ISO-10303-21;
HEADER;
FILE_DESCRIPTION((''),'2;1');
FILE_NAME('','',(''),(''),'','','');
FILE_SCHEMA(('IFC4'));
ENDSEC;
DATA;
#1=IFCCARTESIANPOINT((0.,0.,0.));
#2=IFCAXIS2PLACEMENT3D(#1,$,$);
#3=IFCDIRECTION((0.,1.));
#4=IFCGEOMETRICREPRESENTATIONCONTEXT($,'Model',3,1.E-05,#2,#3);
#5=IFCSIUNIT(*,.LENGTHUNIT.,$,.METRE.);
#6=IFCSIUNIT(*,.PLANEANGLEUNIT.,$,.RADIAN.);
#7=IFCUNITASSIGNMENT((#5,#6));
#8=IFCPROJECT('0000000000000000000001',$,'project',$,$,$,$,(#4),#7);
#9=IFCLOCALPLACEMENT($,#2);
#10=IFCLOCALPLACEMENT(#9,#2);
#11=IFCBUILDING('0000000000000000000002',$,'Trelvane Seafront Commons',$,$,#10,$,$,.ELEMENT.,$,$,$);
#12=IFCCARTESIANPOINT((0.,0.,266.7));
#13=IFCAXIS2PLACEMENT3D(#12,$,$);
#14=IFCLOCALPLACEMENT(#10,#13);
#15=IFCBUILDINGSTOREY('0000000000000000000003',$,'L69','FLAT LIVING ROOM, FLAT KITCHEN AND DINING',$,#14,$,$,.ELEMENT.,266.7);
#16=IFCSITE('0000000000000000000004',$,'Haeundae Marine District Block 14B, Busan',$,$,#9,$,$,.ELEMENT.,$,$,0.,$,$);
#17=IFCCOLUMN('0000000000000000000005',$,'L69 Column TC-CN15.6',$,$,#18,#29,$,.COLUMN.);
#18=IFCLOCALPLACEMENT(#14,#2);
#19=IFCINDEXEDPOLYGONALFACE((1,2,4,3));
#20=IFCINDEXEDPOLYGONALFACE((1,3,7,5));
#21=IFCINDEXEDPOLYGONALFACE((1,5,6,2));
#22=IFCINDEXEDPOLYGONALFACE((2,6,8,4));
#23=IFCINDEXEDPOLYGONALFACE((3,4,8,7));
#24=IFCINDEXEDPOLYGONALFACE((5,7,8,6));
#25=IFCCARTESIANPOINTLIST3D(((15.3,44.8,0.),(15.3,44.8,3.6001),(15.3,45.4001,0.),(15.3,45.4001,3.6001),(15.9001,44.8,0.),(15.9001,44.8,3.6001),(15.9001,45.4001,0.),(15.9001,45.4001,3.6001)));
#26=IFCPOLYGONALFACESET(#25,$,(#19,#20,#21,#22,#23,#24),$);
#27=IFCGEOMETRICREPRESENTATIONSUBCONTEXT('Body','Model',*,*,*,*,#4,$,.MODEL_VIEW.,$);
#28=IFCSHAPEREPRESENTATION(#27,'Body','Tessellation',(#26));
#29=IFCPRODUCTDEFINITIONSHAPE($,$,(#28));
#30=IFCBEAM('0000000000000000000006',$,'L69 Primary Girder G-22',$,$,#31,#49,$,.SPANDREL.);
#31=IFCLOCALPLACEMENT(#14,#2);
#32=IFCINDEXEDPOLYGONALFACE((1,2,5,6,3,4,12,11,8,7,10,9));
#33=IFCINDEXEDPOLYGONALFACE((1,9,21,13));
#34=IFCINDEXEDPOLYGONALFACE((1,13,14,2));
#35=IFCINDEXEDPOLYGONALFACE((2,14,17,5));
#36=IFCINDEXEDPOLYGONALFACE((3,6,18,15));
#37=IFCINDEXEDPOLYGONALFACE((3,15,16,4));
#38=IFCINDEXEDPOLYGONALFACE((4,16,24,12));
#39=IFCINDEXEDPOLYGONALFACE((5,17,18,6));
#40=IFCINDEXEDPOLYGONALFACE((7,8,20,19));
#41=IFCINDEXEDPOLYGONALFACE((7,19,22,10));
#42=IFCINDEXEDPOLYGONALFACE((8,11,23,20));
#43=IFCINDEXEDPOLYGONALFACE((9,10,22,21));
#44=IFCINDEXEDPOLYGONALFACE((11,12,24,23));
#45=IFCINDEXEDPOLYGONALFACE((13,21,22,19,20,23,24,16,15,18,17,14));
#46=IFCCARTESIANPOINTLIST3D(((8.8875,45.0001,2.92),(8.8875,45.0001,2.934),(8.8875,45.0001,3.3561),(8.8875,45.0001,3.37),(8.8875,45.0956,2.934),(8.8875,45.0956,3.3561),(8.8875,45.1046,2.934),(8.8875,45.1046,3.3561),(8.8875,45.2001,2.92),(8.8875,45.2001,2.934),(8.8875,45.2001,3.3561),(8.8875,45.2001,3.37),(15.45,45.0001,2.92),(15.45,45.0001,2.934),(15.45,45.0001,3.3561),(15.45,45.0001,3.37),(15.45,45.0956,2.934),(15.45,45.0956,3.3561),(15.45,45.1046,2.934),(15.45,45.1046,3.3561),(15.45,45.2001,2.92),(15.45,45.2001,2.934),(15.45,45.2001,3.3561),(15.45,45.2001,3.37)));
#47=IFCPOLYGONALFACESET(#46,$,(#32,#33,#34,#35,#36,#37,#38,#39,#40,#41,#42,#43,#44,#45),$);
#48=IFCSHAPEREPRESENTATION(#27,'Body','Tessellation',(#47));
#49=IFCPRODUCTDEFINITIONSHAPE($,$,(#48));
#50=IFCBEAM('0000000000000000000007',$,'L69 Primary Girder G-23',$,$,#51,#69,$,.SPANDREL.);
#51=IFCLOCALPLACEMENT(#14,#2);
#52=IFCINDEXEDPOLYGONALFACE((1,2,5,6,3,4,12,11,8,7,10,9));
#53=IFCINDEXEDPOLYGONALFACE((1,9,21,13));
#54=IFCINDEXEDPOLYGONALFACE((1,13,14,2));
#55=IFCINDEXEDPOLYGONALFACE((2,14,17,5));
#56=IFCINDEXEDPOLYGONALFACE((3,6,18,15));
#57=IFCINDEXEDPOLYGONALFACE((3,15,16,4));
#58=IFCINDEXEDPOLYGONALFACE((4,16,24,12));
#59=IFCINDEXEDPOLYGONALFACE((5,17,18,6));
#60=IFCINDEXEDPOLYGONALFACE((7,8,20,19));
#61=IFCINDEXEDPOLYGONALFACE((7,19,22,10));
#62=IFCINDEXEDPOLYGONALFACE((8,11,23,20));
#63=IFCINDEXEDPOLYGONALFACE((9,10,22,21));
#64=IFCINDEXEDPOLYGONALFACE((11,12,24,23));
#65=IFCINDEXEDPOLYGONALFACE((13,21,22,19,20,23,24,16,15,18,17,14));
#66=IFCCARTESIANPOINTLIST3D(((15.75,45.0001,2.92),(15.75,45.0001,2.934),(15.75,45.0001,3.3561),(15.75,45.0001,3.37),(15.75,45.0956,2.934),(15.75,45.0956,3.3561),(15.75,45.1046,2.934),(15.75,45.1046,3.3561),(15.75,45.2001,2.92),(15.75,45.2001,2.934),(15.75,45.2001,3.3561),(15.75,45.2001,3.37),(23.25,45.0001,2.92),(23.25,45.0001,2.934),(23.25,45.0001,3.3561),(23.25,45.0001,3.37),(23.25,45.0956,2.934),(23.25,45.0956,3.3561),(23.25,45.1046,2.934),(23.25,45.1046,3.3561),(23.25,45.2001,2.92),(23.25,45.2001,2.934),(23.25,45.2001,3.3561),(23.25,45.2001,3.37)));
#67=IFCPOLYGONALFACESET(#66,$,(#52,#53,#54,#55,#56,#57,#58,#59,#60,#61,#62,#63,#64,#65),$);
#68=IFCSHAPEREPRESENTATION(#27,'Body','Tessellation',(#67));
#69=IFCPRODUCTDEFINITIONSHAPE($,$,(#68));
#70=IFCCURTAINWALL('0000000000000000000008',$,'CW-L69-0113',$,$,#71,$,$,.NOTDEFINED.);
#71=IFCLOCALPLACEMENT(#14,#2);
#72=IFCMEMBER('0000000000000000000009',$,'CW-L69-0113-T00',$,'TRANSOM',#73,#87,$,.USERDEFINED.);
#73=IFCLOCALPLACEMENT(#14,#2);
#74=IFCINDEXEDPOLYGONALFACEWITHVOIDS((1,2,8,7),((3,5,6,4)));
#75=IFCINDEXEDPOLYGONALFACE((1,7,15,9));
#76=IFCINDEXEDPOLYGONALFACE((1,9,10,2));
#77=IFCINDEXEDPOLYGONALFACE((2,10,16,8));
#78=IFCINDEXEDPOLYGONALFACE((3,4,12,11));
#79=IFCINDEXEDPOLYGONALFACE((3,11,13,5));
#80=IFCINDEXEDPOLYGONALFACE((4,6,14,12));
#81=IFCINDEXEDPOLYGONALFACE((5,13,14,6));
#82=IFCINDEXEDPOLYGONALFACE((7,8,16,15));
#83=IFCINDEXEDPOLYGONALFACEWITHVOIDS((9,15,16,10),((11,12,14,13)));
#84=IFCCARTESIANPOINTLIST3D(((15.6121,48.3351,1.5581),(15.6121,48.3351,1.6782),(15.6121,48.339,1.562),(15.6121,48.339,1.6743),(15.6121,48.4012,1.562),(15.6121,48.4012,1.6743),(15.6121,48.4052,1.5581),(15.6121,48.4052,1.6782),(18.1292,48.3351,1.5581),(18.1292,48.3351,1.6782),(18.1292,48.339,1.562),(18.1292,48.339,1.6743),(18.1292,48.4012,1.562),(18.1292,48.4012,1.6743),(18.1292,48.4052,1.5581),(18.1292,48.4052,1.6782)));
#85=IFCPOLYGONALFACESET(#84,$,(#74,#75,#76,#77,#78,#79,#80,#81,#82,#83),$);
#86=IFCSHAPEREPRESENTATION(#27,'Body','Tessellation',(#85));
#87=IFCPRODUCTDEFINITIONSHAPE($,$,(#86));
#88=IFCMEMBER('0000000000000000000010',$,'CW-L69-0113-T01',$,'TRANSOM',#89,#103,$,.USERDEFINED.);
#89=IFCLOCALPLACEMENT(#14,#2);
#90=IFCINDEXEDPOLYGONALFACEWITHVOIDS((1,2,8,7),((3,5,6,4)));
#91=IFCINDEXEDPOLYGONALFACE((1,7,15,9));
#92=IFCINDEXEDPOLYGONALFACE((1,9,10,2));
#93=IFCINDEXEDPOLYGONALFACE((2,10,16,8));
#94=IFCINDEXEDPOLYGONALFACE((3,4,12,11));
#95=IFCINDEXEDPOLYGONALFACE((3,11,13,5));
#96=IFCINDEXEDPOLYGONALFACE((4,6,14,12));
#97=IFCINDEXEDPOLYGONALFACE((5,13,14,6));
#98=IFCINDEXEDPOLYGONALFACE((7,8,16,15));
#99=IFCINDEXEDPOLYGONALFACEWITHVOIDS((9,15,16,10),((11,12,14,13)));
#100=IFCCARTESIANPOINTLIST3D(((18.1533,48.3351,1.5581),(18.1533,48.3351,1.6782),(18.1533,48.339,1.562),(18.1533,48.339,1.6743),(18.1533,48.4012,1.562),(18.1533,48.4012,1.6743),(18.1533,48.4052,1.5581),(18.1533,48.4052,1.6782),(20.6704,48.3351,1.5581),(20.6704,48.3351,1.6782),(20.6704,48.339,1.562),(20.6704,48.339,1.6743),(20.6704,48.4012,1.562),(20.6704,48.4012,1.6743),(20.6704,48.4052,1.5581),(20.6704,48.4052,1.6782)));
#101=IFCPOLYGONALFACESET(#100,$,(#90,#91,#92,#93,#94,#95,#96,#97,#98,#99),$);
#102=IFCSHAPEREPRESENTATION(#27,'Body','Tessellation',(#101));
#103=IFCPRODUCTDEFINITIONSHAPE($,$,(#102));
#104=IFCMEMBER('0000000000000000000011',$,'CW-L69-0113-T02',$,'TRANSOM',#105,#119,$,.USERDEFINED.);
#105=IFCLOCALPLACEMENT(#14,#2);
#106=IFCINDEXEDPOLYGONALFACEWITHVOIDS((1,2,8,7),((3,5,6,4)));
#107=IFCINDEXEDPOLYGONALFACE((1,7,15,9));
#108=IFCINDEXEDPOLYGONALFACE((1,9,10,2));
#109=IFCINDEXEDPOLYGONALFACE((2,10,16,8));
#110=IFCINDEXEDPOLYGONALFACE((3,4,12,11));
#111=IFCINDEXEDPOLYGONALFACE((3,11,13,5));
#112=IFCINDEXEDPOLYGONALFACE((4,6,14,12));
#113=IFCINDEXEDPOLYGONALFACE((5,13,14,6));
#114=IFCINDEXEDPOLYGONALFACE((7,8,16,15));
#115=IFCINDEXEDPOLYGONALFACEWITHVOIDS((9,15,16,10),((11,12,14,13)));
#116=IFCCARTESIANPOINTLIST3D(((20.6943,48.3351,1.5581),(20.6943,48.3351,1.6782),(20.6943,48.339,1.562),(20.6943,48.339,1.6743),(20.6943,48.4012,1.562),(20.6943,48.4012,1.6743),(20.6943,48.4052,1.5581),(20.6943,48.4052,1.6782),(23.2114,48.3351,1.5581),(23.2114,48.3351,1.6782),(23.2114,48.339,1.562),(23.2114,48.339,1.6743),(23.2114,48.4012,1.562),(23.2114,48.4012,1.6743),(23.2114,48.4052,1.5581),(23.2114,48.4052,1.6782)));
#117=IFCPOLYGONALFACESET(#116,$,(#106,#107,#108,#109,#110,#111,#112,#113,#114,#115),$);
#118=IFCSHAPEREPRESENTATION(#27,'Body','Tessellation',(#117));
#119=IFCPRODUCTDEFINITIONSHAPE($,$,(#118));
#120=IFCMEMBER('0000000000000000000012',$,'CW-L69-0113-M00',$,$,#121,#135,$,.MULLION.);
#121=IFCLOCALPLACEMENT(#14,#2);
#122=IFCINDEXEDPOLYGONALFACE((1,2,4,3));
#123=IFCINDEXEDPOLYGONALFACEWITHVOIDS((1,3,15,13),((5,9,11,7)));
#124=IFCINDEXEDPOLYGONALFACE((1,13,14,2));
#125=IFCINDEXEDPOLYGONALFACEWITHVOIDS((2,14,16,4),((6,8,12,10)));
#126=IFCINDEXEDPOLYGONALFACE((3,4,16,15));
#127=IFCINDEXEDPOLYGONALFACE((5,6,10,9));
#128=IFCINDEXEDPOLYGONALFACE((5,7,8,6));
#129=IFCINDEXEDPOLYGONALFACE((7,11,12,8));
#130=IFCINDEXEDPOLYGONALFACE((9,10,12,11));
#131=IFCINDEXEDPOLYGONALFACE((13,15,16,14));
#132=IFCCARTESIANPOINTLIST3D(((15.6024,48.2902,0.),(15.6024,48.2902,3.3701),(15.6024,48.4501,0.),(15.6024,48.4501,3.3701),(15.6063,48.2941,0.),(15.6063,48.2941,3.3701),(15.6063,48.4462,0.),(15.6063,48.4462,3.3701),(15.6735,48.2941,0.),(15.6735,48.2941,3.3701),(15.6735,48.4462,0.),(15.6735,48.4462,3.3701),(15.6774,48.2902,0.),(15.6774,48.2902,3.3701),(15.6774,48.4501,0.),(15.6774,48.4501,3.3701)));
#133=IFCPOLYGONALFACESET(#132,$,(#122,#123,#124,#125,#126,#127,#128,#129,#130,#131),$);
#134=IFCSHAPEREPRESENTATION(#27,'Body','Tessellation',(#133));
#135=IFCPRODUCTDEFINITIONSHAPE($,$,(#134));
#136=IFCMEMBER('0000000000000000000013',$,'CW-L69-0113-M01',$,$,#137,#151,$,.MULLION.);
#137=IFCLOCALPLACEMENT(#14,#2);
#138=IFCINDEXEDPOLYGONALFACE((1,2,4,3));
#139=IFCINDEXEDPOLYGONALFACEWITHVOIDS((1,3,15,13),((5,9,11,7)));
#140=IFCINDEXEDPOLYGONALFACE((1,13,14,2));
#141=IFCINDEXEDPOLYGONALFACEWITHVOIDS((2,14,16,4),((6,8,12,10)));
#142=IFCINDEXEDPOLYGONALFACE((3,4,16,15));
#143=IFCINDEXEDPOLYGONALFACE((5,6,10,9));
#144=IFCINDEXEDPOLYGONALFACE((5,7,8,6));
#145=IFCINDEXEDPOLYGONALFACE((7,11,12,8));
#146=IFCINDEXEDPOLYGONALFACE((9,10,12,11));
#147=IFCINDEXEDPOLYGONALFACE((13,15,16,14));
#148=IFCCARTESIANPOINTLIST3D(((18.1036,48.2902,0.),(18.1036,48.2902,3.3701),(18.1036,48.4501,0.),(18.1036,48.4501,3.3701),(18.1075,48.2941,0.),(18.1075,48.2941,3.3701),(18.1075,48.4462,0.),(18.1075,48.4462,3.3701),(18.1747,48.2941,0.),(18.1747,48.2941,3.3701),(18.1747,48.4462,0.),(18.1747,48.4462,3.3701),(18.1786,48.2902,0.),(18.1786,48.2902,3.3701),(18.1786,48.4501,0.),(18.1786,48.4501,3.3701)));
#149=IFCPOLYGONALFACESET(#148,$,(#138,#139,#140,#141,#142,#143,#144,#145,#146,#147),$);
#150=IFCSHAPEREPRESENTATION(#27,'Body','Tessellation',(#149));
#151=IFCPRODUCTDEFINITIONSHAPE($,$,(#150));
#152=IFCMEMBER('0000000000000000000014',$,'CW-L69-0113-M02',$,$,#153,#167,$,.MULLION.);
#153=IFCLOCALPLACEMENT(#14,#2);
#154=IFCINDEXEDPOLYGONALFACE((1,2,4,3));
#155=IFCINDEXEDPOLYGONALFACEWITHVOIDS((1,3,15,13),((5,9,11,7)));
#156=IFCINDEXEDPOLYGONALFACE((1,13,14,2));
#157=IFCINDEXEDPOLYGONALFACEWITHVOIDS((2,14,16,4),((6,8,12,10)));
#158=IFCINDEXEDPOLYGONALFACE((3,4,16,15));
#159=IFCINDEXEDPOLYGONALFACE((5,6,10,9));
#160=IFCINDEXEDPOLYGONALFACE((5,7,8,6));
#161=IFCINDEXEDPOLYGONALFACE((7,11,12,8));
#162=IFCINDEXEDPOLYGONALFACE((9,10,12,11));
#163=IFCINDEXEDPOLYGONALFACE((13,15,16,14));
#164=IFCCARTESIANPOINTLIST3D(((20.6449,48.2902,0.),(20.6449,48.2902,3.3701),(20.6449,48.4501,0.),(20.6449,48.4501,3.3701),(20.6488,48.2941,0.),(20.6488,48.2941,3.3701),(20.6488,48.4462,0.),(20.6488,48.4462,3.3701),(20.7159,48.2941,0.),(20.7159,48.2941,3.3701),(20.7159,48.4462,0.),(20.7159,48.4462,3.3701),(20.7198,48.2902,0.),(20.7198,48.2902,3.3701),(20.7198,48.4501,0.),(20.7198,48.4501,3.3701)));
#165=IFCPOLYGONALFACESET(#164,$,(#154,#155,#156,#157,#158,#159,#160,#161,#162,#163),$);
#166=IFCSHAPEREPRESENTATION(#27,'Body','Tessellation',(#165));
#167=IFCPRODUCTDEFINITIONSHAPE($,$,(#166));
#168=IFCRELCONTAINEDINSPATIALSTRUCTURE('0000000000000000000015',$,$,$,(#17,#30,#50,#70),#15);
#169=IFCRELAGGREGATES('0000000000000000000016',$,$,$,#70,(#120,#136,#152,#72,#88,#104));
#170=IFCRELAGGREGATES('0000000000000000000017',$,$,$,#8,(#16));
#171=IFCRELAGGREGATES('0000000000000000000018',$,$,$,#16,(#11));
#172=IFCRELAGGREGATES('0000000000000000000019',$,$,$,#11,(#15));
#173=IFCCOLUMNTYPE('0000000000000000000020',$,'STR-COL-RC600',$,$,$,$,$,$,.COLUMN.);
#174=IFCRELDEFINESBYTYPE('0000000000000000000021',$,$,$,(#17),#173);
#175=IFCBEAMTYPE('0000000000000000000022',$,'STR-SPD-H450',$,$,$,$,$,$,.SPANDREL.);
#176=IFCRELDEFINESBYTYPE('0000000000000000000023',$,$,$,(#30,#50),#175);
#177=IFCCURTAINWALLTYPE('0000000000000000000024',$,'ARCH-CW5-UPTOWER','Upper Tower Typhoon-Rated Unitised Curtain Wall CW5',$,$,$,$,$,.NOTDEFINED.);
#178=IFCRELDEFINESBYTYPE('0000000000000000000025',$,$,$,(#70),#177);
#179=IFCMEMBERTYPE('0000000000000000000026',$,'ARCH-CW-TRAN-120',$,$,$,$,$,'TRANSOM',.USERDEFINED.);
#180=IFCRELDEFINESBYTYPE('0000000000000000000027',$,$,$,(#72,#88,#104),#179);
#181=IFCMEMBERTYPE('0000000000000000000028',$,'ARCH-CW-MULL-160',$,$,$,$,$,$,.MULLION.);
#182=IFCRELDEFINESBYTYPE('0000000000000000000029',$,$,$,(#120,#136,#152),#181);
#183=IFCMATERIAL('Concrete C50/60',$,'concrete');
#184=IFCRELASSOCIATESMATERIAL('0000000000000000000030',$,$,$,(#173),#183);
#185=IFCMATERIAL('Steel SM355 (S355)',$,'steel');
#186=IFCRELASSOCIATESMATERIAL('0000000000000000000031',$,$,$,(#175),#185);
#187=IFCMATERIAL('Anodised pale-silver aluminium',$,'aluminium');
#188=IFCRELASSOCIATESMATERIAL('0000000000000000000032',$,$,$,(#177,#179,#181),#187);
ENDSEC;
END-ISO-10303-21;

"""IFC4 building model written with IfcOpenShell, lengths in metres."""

from ifc_helpers import new_model, si_unit, direction, frame, origin, origin_2d, place, context, subcontext, project, spatial, rectangle, hollow_rectangle, i_section, extrude, source, transform, mapped, material, material_profile, profile_set, type_object, element, aggregate, save


model = new_model("IFC4")

# Units and contexts
model_context = context("Model", 3, precision=1e-05, world=origin(), true_north=direction((0.0, 1.0)))
body_context = subcontext(model_context, "Body", "Model", "MODEL_VIEW")
ifc_project = project(units=[si_unit("LENGTHUNIT", "METRE"), si_unit("PLANEANGLEUNIT", "RADIAN")], contexts=[model_context])

# Site, building, storey
site_placement = place(None, origin())
site = spatial("IfcSite", under=ifc_project, at=site_placement, Name="Haeundae Marine District Block 14B, Busan", CompositionType="ELEMENT", RefElevation=0.0)
building_placement = place(site_placement, origin())
building = spatial("IfcBuilding", under=site, at=building_placement, Name="Trelvane Seafront Commons", CompositionType="ELEMENT")
storey_placement = place(building_placement, frame((0.0, 0.0, 266.7)))
storey = spatial("IfcBuildingStorey", under=building, at=storey_placement, Name="L69", Description="FLAT LIVING ROOM, FLAT KITCHEN AND DINING", CompositionType="ELEMENT", Elevation=266.7)

# Column
ifc_material_1 = material(Name="Concrete C50/60", Category="concrete")
ifc_material_profile_1 = material_profile(ifc_material_1, rectangle(XDim=0.6001, YDim=0.6001, at=origin_2d()), Name="RC-600x600")
ifc_profile_set_1 = profile_set([ifc_material_profile_1], Name="Concrete C50/60")
column_type = type_object("IfcColumnType", Name="STR-COL-RC600", PredefinedType="COLUMN", material=ifc_profile_set_1)
shared_shape_1 = source(origin(), body_context, "Body", "SweptSolid", [
    extrude(rectangle(XDim=0.6001, YDim=0.6001, at=origin_2d()), origin(), (0.0, 0.0, 1.0), 3.6001),
])
column_placement = place(storey_placement, frame((15.6001, 45.1001, 0.0), z_axis=(0.0, 0.0, 1.0), x_axis=(1.0, 0.0, 0.0)))
element("IfcColumn", 1, at=column_placement, inside=storey, type_object=column_type, Name="L69 Column TC-CN15.6", PredefinedType="COLUMN", context=body_context, shape_type="MappedRepresentation", body=[
    mapped(shared_shape_1, transform((0.0, 0.0, 0.0), x_axis=(1.0, 0.0, 0.0), y_axis=(0.0, 1.0, 0.0), z_axis=(0.0, 0.0, 1.0), scale=1.0)),
])

# Beams
ifc_material_2 = material(Name="Steel SM355 (S355)", Category="steel")
ifc_material_profile_2 = material_profile(ifc_material_2, i_section(OverallWidth=0.2, OverallDepth=0.45, WebThickness=0.009, FlangeThickness=0.0139, at=origin_2d()), Name="H-450x200x9x14")
ifc_profile_set_2 = profile_set([ifc_material_profile_2], Name="Steel SM355 (S355)")
beam_type = type_object("IfcBeamType", Name="STR-SPD-H450", PredefinedType="SPANDREL", material=ifc_profile_set_2)
shared_shape_2 = source(origin(), body_context, "Body", "SweptSolid", [
    extrude(i_section(OverallWidth=0.2, OverallDepth=0.45, WebThickness=0.009, FlangeThickness=0.0139, at=origin_2d()), origin(), (0.0, 0.0, 1.0), 6.5625),
])
beam_1_placement = place(storey_placement, frame((8.8875, 45.1001, 3.145), z_axis=(1.0, 0.0, 0.0), x_axis=(0.0, 1.0, 0.0)))
element("IfcBeam", 2, at=beam_1_placement, inside=storey, type_object=beam_type, Name="L69 Primary Girder G-22", PredefinedType="SPANDREL", context=body_context, shape_type="MappedRepresentation", body=[
    mapped(shared_shape_2, transform((0.0, 0.0, 0.0), x_axis=(1.0, 0.0, 0.0), y_axis=(0.0, 1.0, 0.0), z_axis=(0.0, 0.0, 1.0), scale=1.0)),
])
shared_shape_3 = source(origin(), body_context, "Body", "SweptSolid", [
    extrude(i_section(OverallWidth=0.2, OverallDepth=0.45, WebThickness=0.009, FlangeThickness=0.0139, at=origin_2d()), origin(), (0.0, 0.0, 1.0), 7.5),
])
beam_2_placement = place(storey_placement, frame((15.75, 45.1001, 3.145), z_axis=(1.0, 0.0, 0.0), x_axis=(0.0, 1.0, 0.0)))
element("IfcBeam", 3, at=beam_2_placement, inside=storey, type_object=beam_type, Name="L69 Primary Girder G-23", PredefinedType="SPANDREL", context=body_context, shape_type="MappedRepresentation", body=[
    mapped(shared_shape_3, transform((0.0, 0.0, 0.0), x_axis=(1.0, 0.0, 0.0), y_axis=(0.0, 1.0, 0.0), z_axis=(0.0, 0.0, 1.0), scale=1.0)),
])

# Curtain wall, members
ifc_material_3 = material(Name="Anodised pale-silver aluminium", Category="aluminium")
curtain_wall_type = type_object("IfcCurtainWallType", Name="ARCH-CW5-UPTOWER", Description="Upper Tower Typhoon-Rated Unitised Curtain Wall CW5", PredefinedType="NOTDEFINED", material=ifc_material_3)
curtain_wall_placement = place(storey_placement, origin())
curtain_wall = element("IfcCurtainWall", 4, at=curtain_wall_placement, inside=storey, type_object=curtain_wall_type, Name="CW-L69-0113", PredefinedType="NOTDEFINED")
ifc_material_profile_3 = material_profile(ifc_material_3, hollow_rectangle(XDim=0.0701, YDim=0.1201, WallThickness=0.0039, at=origin_2d()), Name="TRAN-70x120x4")
ifc_profile_set_3 = profile_set([ifc_material_profile_3], Name="Anodised pale-silver aluminium")
member_type_1 = type_object("IfcMemberType", Name="ARCH-CW-TRAN-120", ElementType="TRANSOM", PredefinedType="USERDEFINED", material=ifc_profile_set_3)
shared_shape_4 = source(origin(), body_context, "Body", "SweptSolid", [
    extrude(hollow_rectangle(XDim=0.0701, YDim=0.1201, WallThickness=0.0039, at=origin_2d()), origin(), (0.0, 0.0, 1.0), 2.5171),
])
member_1_placement = place(storey_placement, frame((15.6121, 48.3701, 1.6182), z_axis=(1.0, 0.0, 0.0), x_axis=(0.0, 1.0, 0.0)))
member_1 = element("IfcMember", 5, at=member_1_placement, type_object=member_type_1, Name="CW-L69-0113-T00", ObjectType="TRANSOM", PredefinedType="USERDEFINED", context=body_context, shape_type="MappedRepresentation", body=[
    mapped(shared_shape_4, transform((0.0, 0.0, 0.0), x_axis=(1.0, 0.0, 0.0), y_axis=(0.0, 1.0, 0.0), z_axis=(0.0, 0.0, 1.0), scale=1.0)),
])
member_2_placement = place(storey_placement, frame((18.1533, 48.3701, 1.6182), z_axis=(1.0, 0.0, 0.0), x_axis=(0.0, 1.0, 0.0)))
member_2 = element("IfcMember", 6, at=member_2_placement, type_object=member_type_1, Name="CW-L69-0113-T01", ObjectType="TRANSOM", PredefinedType="USERDEFINED", context=body_context, shape_type="MappedRepresentation", body=[
    mapped(shared_shape_4, transform((0.0, 0.0, 0.0), x_axis=(1.0, 0.0, 0.0), y_axis=(0.0, 1.0, 0.0), z_axis=(0.0, 0.0, 1.0), scale=1.0)),
])
member_3_placement = place(storey_placement, frame((20.6943, 48.3701, 1.6182), z_axis=(1.0, 0.0, 0.0), x_axis=(0.0, 1.0, 0.0)))
member_3 = element("IfcMember", 7, at=member_3_placement, type_object=member_type_1, Name="CW-L69-0113-T02", ObjectType="TRANSOM", PredefinedType="USERDEFINED", context=body_context, shape_type="MappedRepresentation", body=[
    mapped(shared_shape_4, transform((0.0, 0.0, 0.0), x_axis=(1.0, 0.0, 0.0), y_axis=(0.0, 1.0, 0.0), z_axis=(0.0, 0.0, 1.0), scale=1.0)),
])
ifc_material_profile_4 = material_profile(ifc_material_3, hollow_rectangle(XDim=0.075, YDim=0.1599, WallThickness=0.0039, at=origin_2d()), Name="MULL-75x160x4")
ifc_profile_set_4 = profile_set([ifc_material_profile_4], Name="Anodised pale-silver aluminium")
member_type_2 = type_object("IfcMemberType", Name="ARCH-CW-MULL-160", PredefinedType="MULLION", material=ifc_profile_set_4)
shared_shape_5 = source(origin(), body_context, "Body", "SweptSolid", [
    extrude(hollow_rectangle(XDim=0.075, YDim=0.1599, WallThickness=0.0039, at=origin_2d()), origin(), (0.0, 0.0, 1.0), 3.3701),
])
member_4_placement = place(storey_placement, frame((15.6399, 48.3701, 0.0), z_axis=(0.0, 0.0, 1.0), x_axis=(1.0, 0.0, 0.0)))
member_4 = element("IfcMember", 8, at=member_4_placement, type_object=member_type_2, Name="CW-L69-0113-M00", PredefinedType="MULLION", context=body_context, shape_type="MappedRepresentation", body=[
    mapped(shared_shape_5, transform((0.0, 0.0, 0.0), x_axis=(1.0, 0.0, 0.0), y_axis=(0.0, 1.0, 0.0), z_axis=(0.0, 0.0, 1.0), scale=1.0)),
])
member_5_placement = place(storey_placement, frame((18.1411, 48.3701, 0.0), z_axis=(0.0, 0.0, 1.0), x_axis=(1.0, 0.0, 0.0)))
member_5 = element("IfcMember", 9, at=member_5_placement, type_object=member_type_2, Name="CW-L69-0113-M01", PredefinedType="MULLION", context=body_context, shape_type="MappedRepresentation", body=[
    mapped(shared_shape_5, transform((0.0, 0.0, 0.0), x_axis=(1.0, 0.0, 0.0), y_axis=(0.0, 1.0, 0.0), z_axis=(0.0, 0.0, 1.0), scale=1.0)),
])
member_6_placement = place(storey_placement, frame((20.6824, 48.3701, 0.0), z_axis=(0.0, 0.0, 1.0), x_axis=(1.0, 0.0, 0.0)))
member_6 = element("IfcMember", 10, at=member_6_placement, type_object=member_type_2, Name="CW-L69-0113-M02", PredefinedType="MULLION", context=body_context, shape_type="MappedRepresentation", body=[
    mapped(shared_shape_5, transform((0.0, 0.0, 0.0), x_axis=(1.0, 0.0, 0.0), y_axis=(0.0, 1.0, 0.0), z_axis=(0.0, 0.0, 1.0), scale=1.0)),
])

aggregate(curtain_wall, [member_4, member_5, member_6, member_1, member_2, member_3])

save(model, "model.ifc")
